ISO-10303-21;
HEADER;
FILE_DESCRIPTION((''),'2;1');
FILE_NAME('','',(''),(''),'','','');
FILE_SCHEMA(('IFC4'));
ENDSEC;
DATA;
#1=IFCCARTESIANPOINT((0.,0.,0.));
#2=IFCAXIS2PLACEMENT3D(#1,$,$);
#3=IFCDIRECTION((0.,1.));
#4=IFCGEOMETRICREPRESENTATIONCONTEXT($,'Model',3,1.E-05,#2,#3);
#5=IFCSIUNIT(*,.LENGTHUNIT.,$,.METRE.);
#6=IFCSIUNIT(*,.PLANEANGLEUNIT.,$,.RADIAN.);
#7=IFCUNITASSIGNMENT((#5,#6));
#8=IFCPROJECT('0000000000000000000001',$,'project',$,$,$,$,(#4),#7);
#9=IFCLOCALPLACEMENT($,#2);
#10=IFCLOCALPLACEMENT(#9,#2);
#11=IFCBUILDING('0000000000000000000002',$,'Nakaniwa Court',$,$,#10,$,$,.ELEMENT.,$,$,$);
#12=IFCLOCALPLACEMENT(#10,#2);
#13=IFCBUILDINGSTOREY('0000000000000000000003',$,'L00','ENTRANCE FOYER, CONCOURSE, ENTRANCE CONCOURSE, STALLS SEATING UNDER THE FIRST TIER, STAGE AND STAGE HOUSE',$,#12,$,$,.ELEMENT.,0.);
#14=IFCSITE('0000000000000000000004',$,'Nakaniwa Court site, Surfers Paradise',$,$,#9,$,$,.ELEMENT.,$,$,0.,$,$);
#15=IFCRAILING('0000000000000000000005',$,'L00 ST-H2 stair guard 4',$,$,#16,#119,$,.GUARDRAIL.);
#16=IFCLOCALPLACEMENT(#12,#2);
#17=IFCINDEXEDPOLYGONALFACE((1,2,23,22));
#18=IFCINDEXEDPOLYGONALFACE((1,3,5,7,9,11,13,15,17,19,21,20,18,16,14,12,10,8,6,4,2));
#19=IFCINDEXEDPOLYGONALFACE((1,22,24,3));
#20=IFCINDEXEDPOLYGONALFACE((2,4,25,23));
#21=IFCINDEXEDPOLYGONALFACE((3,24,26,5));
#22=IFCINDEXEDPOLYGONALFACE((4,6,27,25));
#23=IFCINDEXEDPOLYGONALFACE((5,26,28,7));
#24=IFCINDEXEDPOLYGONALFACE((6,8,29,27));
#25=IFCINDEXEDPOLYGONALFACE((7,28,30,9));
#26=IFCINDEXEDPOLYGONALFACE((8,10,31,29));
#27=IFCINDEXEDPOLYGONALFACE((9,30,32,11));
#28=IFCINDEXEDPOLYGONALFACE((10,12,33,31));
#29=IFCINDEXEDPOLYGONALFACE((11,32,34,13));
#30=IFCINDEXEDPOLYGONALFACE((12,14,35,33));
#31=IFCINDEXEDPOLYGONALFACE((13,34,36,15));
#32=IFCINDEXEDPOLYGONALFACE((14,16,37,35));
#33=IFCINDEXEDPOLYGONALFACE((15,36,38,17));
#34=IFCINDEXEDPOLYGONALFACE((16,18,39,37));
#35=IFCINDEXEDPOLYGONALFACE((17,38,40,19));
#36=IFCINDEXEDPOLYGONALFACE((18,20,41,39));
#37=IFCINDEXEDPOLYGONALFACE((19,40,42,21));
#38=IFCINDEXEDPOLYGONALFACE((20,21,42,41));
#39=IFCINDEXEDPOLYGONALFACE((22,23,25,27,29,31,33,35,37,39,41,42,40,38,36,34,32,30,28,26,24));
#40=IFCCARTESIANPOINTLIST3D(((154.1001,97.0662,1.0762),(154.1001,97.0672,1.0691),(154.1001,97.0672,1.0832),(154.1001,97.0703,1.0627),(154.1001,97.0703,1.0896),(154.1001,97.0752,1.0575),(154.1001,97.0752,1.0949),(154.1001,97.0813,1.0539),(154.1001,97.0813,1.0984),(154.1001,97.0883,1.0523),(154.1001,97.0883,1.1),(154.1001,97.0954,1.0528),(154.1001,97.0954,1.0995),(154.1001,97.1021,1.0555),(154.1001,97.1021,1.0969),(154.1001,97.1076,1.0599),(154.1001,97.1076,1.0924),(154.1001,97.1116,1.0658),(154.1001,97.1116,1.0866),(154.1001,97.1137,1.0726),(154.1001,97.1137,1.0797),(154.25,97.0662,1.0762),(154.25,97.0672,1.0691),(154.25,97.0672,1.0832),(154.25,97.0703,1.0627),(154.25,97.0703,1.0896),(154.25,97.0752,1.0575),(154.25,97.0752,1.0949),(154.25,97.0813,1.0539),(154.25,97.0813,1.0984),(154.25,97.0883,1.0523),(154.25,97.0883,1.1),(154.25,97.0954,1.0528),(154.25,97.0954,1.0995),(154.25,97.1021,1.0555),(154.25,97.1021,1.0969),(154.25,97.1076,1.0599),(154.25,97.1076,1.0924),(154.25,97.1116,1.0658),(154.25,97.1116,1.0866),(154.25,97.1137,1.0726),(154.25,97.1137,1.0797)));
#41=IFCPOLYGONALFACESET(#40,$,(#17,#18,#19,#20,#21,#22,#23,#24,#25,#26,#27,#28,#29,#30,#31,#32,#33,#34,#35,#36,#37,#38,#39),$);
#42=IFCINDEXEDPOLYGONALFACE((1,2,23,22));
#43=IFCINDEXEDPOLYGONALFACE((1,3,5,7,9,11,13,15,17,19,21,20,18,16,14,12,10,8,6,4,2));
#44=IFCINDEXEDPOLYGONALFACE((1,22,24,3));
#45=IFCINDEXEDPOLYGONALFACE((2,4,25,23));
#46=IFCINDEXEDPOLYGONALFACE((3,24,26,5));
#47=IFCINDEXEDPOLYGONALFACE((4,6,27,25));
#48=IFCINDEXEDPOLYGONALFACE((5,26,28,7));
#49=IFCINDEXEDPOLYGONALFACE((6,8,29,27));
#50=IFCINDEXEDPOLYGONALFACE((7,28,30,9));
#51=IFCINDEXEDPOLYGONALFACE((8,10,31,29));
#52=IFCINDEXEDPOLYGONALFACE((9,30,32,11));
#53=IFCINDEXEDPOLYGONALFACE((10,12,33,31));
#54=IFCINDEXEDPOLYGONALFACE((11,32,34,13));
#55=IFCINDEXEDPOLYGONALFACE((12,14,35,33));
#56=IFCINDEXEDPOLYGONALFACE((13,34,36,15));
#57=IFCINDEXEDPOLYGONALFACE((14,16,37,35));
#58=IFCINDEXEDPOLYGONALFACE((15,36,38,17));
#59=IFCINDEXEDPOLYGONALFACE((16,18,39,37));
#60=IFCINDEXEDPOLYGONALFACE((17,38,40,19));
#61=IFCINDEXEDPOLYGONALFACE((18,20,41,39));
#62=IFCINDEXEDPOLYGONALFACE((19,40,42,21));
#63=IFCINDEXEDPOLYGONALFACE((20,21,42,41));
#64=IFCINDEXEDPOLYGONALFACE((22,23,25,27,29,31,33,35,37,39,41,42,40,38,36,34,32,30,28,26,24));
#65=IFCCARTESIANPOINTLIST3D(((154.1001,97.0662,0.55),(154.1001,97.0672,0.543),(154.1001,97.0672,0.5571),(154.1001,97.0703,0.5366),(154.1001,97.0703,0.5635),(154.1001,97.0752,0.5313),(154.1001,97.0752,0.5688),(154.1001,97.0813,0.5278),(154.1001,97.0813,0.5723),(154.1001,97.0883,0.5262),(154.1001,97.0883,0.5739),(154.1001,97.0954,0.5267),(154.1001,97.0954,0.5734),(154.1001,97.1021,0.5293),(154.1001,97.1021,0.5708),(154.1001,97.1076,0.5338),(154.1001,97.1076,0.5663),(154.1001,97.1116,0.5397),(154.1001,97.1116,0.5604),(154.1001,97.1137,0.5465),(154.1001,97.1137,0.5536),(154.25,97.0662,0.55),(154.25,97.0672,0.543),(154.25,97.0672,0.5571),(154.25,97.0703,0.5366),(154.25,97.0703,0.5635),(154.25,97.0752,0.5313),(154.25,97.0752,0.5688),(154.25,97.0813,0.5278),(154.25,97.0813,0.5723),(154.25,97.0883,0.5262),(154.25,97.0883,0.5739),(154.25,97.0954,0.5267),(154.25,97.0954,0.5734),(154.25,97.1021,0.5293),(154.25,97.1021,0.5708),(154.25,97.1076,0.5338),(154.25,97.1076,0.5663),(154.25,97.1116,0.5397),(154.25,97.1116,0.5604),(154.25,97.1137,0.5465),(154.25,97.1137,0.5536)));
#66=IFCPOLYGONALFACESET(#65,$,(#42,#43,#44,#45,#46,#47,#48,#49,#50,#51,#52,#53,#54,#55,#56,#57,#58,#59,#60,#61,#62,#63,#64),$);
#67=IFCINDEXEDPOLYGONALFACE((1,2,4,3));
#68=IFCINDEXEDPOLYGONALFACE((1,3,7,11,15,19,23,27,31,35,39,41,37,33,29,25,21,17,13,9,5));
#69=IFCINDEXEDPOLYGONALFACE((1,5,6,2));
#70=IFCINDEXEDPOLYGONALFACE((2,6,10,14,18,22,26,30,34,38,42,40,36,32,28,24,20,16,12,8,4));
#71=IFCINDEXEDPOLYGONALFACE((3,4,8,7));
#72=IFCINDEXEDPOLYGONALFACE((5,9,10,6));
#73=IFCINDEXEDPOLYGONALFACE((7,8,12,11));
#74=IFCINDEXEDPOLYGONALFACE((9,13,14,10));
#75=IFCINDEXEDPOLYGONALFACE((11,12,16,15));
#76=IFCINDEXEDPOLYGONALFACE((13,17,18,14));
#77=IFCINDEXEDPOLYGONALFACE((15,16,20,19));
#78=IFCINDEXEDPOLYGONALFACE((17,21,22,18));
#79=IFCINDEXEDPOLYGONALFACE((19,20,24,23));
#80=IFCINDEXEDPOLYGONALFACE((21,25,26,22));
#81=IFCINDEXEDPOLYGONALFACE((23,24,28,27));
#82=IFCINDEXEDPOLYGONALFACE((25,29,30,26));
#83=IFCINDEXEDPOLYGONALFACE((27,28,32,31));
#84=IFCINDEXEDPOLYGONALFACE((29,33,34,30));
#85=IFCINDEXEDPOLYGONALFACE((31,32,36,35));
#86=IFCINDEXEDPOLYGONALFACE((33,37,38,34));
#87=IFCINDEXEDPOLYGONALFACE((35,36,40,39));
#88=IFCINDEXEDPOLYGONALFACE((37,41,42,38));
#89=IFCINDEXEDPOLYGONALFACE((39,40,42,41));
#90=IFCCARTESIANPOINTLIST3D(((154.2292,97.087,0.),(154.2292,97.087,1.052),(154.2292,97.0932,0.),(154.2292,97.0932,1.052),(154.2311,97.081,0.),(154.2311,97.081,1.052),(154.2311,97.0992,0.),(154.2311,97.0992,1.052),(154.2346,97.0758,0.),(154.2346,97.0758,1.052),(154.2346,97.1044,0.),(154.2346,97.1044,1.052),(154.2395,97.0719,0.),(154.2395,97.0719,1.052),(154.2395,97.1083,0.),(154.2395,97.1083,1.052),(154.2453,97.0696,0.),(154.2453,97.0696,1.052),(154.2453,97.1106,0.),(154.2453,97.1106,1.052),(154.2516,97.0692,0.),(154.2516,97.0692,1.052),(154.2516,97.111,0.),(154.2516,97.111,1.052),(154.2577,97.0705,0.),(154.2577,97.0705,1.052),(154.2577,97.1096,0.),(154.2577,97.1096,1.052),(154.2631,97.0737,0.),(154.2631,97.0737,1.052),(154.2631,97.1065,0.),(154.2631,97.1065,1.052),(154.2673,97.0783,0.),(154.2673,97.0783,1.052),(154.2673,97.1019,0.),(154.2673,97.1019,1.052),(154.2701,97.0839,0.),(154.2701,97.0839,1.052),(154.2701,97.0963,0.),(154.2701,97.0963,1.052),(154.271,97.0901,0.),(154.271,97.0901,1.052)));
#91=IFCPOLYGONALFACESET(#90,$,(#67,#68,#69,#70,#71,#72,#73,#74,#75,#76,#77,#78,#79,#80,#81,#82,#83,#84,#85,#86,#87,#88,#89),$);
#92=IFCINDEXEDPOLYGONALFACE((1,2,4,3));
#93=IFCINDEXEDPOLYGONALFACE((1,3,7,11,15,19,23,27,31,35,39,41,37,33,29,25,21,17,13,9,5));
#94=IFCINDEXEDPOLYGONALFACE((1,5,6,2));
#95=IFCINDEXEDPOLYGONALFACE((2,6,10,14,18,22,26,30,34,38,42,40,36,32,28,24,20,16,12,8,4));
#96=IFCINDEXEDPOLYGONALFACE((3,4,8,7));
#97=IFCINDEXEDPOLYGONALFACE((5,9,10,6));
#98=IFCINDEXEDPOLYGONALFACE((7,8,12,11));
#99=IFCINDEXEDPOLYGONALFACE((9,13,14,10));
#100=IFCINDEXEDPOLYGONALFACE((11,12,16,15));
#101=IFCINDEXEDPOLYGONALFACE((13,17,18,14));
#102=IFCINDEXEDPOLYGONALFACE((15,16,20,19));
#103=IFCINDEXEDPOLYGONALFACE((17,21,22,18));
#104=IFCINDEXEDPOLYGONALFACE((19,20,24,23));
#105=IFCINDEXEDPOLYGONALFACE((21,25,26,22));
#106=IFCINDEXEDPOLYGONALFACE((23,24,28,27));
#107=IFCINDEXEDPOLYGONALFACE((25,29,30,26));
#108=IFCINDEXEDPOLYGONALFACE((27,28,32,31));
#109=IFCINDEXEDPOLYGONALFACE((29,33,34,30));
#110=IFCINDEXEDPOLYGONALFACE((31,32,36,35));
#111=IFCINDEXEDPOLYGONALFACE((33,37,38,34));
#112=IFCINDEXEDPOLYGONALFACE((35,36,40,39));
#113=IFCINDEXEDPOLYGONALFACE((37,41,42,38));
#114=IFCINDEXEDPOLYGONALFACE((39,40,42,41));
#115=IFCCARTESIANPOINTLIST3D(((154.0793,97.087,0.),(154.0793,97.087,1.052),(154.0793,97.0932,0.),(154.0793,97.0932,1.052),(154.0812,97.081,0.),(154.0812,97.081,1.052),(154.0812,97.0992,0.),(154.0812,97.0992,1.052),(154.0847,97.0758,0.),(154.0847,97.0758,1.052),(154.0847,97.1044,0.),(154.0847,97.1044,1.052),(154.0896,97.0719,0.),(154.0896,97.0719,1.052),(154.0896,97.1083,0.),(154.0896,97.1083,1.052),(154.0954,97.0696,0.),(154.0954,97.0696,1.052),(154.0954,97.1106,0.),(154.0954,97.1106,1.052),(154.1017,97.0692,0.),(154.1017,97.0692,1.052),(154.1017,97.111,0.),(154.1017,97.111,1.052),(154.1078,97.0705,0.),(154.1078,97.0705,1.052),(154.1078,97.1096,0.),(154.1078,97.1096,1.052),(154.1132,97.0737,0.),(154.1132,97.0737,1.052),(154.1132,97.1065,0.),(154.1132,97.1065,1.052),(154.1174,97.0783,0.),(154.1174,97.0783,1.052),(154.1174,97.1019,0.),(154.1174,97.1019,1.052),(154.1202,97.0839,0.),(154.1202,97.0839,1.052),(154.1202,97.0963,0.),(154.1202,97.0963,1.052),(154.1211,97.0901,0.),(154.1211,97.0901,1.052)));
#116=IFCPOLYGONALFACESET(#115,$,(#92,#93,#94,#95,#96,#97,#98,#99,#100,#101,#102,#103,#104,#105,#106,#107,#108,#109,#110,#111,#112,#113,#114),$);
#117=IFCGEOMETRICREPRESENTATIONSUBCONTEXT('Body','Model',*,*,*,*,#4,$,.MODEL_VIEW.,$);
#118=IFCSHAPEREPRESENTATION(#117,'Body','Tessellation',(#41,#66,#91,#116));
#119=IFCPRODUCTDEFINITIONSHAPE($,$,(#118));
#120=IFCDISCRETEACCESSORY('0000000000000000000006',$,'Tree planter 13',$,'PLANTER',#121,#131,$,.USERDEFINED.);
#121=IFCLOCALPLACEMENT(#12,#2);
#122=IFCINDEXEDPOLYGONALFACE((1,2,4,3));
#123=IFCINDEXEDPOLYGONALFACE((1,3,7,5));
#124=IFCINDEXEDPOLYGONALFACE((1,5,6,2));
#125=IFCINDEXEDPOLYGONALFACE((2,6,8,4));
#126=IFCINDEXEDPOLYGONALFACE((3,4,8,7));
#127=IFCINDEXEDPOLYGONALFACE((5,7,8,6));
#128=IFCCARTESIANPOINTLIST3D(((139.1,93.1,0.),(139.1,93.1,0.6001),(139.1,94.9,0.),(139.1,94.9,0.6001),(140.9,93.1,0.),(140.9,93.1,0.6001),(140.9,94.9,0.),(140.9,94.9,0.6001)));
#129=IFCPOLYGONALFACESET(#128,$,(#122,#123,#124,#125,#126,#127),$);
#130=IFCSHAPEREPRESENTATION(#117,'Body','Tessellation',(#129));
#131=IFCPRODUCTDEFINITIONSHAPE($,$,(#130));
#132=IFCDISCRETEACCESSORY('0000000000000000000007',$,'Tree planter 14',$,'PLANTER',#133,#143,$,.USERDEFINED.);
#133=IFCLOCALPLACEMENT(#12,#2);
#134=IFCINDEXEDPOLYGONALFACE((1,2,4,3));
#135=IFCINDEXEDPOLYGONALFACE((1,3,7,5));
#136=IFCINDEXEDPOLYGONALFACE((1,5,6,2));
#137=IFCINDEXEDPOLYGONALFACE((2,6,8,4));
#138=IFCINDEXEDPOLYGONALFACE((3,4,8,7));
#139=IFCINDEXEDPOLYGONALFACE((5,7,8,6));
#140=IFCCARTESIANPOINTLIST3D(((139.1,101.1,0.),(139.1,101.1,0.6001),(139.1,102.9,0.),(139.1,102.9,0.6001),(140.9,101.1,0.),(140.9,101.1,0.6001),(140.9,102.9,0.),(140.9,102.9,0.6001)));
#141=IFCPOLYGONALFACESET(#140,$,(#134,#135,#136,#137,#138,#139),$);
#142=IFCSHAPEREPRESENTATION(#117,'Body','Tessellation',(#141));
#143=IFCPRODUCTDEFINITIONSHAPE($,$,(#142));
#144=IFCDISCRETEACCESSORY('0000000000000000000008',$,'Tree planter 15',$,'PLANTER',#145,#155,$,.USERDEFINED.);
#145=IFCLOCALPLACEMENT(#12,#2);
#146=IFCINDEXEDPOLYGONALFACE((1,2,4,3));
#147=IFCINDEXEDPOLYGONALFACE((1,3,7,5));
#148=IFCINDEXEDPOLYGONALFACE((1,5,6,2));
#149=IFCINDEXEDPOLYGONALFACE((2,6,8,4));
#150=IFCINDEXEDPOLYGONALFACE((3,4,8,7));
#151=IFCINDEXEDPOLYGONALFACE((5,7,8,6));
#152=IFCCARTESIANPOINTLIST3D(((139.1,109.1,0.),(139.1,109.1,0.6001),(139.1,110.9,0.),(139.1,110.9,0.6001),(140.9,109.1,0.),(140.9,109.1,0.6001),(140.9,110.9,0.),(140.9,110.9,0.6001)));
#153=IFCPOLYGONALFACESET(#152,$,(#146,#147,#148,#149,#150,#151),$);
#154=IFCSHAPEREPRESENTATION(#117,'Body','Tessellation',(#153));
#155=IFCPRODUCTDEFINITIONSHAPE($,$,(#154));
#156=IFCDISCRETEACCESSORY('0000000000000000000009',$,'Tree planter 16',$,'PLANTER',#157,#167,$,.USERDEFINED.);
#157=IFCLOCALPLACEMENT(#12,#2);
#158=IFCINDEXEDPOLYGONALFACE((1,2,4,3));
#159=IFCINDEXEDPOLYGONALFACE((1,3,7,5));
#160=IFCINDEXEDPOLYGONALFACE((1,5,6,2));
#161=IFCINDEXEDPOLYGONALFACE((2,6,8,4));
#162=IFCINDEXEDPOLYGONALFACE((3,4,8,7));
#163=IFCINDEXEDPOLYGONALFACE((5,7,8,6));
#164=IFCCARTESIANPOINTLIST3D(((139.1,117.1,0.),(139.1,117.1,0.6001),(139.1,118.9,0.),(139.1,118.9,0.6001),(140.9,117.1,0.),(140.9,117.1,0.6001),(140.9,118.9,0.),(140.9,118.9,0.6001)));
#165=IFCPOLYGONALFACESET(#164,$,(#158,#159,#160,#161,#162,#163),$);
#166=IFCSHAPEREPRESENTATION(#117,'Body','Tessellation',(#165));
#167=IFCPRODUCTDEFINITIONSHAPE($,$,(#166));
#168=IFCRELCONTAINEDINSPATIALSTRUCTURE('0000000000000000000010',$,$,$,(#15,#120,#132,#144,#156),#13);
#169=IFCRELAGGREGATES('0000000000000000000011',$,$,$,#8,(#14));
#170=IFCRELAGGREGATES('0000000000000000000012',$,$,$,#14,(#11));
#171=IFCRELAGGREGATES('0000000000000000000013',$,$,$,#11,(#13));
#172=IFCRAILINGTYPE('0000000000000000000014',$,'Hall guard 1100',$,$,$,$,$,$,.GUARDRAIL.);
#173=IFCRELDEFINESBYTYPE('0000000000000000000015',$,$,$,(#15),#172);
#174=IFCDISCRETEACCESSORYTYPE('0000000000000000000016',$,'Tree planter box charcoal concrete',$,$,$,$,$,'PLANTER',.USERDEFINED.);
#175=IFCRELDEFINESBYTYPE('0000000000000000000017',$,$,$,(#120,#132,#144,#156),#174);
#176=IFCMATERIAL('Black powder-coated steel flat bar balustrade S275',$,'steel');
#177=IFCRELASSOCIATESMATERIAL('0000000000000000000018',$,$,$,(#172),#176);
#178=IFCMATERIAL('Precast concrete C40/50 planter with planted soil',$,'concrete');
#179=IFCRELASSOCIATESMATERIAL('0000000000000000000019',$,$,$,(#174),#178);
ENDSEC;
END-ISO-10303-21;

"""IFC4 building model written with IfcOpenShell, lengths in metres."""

from ifc_helpers import new_model, si_unit, direction, frame, origin, origin_2d, place, context, subcontext, project, spatial, rectangle, circle, extrude, material, type_object, element, save


model = new_model("IFC4")

# Units and contexts
model_context = context("Model", 3, precision=1e-05, world=origin(), true_north=direction((0.0, 1.0)))
body_context = subcontext(model_context, "Body", "Model", "MODEL_VIEW")
ifc_project = project(units=[si_unit("LENGTHUNIT", "METRE"), si_unit("PLANEANGLEUNIT", "RADIAN")], contexts=[model_context])

# Site, building, storey
site_placement = place(None, origin())
site = spatial("IfcSite", under=ifc_project, at=site_placement, Name="Nakaniwa Court site, Surfers Paradise", CompositionType="ELEMENT", RefElevation=0.0)
building_placement = place(site_placement, origin())
building = spatial("IfcBuilding", under=site, at=building_placement, Name="Nakaniwa Court", CompositionType="ELEMENT")
storey_placement = place(building_placement, origin())
storey = spatial("IfcBuildingStorey", under=building, at=storey_placement, Name="L00", Description="ENTRANCE FOYER, CONCOURSE, ENTRANCE CONCOURSE, STALLS SEATING UNDER THE FIRST TIER, STAGE AND STAGE HOUSE", CompositionType="ELEMENT", Elevation=0.0)

# Railing
ifc_material_1 = material(Name="Black powder-coated steel flat bar balustrade S275", Category="steel")
railing_type_1 = type_object("IfcRailingType", Name="Hall guard 1100", PredefinedType="GUARDRAIL", material=ifc_material_1)
railing_1_placement = place(storey_placement, frame((154.25, 97.0901, 0.0)))
element("IfcRailing", 1, at=railing_1_placement, inside=storey, type_object=railing_type_1, Name="L00 ST-H2 stair guard 4", PredefinedType="GUARDRAIL", context=body_context, shape_type="SweptSolid", body=[
    extrude(circle(Radius=0.0239, at=origin_2d()), frame((0.0, 0.0, 1.0762), z_axis=(-1.0, 0.0, 0.0), x_axis=(0.0, -1.0, 0.0)), (0.0, 0.0, 1.0), 0.1499),
    extrude(circle(Radius=0.0239, at=origin_2d()), frame((0.0, 0.0, 0.55), z_axis=(-1.0, 0.0, 0.0), x_axis=(0.0, -1.0, 0.0)), (0.0, 0.0, 1.0), 0.1499),
    extrude(circle(Radius=0.021, at=origin_2d()), origin(), (0.0, 0.0, 1.0), 1.052),
    extrude(circle(Radius=0.021, at=origin_2d()), frame((-0.1499, 0.0, 0.0)), (0.0, 0.0, 1.0), 1.052),
])

# Discrete accessories
ifc_material_2 = material(Name="Precast concrete C40/50 planter with planted soil", Category="concrete")
discrete_accessory_type = type_object("IfcDiscreteAccessoryType", Name="Tree planter box charcoal concrete", ElementType="PLANTER", PredefinedType="USERDEFINED", material=ifc_material_2)
for number, where, z_axis, x_axis, name in (
    (2, (140.0, 94.0, 0.0), (0.0, 0.0, 1.0), (1.0, 0.0, 0.0), "Tree planter 13"),
    (3, (140.0, 102.0, 0.0), (0.0, 0.0, 1.0), (1.0, 0.0, 0.0), "Tree planter 14"),
    (4, (140.0, 110.0, 0.0), (0.0, 0.0, 1.0), (1.0, 0.0, 0.0), "Tree planter 15"),
    (5, (140.0, 118.0, 0.0), (0.0, 0.0, 1.0), (1.0, 0.0, 0.0), "Tree planter 16"),
):
    element("IfcDiscreteAccessory", number, at=place(storey_placement, frame(where, z_axis=z_axis, x_axis=x_axis)), inside=storey, type_object=discrete_accessory_type, Name=name, ObjectType="PLANTER", PredefinedType="USERDEFINED", context=body_context, shape_type="SweptSolid", body=[
        extrude(rectangle(XDim=1.8, YDim=1.8, at=origin_2d()), origin(), (0.0, 0.0, 1.0), 0.6001),
    ])

save(model, "model.ifc")
